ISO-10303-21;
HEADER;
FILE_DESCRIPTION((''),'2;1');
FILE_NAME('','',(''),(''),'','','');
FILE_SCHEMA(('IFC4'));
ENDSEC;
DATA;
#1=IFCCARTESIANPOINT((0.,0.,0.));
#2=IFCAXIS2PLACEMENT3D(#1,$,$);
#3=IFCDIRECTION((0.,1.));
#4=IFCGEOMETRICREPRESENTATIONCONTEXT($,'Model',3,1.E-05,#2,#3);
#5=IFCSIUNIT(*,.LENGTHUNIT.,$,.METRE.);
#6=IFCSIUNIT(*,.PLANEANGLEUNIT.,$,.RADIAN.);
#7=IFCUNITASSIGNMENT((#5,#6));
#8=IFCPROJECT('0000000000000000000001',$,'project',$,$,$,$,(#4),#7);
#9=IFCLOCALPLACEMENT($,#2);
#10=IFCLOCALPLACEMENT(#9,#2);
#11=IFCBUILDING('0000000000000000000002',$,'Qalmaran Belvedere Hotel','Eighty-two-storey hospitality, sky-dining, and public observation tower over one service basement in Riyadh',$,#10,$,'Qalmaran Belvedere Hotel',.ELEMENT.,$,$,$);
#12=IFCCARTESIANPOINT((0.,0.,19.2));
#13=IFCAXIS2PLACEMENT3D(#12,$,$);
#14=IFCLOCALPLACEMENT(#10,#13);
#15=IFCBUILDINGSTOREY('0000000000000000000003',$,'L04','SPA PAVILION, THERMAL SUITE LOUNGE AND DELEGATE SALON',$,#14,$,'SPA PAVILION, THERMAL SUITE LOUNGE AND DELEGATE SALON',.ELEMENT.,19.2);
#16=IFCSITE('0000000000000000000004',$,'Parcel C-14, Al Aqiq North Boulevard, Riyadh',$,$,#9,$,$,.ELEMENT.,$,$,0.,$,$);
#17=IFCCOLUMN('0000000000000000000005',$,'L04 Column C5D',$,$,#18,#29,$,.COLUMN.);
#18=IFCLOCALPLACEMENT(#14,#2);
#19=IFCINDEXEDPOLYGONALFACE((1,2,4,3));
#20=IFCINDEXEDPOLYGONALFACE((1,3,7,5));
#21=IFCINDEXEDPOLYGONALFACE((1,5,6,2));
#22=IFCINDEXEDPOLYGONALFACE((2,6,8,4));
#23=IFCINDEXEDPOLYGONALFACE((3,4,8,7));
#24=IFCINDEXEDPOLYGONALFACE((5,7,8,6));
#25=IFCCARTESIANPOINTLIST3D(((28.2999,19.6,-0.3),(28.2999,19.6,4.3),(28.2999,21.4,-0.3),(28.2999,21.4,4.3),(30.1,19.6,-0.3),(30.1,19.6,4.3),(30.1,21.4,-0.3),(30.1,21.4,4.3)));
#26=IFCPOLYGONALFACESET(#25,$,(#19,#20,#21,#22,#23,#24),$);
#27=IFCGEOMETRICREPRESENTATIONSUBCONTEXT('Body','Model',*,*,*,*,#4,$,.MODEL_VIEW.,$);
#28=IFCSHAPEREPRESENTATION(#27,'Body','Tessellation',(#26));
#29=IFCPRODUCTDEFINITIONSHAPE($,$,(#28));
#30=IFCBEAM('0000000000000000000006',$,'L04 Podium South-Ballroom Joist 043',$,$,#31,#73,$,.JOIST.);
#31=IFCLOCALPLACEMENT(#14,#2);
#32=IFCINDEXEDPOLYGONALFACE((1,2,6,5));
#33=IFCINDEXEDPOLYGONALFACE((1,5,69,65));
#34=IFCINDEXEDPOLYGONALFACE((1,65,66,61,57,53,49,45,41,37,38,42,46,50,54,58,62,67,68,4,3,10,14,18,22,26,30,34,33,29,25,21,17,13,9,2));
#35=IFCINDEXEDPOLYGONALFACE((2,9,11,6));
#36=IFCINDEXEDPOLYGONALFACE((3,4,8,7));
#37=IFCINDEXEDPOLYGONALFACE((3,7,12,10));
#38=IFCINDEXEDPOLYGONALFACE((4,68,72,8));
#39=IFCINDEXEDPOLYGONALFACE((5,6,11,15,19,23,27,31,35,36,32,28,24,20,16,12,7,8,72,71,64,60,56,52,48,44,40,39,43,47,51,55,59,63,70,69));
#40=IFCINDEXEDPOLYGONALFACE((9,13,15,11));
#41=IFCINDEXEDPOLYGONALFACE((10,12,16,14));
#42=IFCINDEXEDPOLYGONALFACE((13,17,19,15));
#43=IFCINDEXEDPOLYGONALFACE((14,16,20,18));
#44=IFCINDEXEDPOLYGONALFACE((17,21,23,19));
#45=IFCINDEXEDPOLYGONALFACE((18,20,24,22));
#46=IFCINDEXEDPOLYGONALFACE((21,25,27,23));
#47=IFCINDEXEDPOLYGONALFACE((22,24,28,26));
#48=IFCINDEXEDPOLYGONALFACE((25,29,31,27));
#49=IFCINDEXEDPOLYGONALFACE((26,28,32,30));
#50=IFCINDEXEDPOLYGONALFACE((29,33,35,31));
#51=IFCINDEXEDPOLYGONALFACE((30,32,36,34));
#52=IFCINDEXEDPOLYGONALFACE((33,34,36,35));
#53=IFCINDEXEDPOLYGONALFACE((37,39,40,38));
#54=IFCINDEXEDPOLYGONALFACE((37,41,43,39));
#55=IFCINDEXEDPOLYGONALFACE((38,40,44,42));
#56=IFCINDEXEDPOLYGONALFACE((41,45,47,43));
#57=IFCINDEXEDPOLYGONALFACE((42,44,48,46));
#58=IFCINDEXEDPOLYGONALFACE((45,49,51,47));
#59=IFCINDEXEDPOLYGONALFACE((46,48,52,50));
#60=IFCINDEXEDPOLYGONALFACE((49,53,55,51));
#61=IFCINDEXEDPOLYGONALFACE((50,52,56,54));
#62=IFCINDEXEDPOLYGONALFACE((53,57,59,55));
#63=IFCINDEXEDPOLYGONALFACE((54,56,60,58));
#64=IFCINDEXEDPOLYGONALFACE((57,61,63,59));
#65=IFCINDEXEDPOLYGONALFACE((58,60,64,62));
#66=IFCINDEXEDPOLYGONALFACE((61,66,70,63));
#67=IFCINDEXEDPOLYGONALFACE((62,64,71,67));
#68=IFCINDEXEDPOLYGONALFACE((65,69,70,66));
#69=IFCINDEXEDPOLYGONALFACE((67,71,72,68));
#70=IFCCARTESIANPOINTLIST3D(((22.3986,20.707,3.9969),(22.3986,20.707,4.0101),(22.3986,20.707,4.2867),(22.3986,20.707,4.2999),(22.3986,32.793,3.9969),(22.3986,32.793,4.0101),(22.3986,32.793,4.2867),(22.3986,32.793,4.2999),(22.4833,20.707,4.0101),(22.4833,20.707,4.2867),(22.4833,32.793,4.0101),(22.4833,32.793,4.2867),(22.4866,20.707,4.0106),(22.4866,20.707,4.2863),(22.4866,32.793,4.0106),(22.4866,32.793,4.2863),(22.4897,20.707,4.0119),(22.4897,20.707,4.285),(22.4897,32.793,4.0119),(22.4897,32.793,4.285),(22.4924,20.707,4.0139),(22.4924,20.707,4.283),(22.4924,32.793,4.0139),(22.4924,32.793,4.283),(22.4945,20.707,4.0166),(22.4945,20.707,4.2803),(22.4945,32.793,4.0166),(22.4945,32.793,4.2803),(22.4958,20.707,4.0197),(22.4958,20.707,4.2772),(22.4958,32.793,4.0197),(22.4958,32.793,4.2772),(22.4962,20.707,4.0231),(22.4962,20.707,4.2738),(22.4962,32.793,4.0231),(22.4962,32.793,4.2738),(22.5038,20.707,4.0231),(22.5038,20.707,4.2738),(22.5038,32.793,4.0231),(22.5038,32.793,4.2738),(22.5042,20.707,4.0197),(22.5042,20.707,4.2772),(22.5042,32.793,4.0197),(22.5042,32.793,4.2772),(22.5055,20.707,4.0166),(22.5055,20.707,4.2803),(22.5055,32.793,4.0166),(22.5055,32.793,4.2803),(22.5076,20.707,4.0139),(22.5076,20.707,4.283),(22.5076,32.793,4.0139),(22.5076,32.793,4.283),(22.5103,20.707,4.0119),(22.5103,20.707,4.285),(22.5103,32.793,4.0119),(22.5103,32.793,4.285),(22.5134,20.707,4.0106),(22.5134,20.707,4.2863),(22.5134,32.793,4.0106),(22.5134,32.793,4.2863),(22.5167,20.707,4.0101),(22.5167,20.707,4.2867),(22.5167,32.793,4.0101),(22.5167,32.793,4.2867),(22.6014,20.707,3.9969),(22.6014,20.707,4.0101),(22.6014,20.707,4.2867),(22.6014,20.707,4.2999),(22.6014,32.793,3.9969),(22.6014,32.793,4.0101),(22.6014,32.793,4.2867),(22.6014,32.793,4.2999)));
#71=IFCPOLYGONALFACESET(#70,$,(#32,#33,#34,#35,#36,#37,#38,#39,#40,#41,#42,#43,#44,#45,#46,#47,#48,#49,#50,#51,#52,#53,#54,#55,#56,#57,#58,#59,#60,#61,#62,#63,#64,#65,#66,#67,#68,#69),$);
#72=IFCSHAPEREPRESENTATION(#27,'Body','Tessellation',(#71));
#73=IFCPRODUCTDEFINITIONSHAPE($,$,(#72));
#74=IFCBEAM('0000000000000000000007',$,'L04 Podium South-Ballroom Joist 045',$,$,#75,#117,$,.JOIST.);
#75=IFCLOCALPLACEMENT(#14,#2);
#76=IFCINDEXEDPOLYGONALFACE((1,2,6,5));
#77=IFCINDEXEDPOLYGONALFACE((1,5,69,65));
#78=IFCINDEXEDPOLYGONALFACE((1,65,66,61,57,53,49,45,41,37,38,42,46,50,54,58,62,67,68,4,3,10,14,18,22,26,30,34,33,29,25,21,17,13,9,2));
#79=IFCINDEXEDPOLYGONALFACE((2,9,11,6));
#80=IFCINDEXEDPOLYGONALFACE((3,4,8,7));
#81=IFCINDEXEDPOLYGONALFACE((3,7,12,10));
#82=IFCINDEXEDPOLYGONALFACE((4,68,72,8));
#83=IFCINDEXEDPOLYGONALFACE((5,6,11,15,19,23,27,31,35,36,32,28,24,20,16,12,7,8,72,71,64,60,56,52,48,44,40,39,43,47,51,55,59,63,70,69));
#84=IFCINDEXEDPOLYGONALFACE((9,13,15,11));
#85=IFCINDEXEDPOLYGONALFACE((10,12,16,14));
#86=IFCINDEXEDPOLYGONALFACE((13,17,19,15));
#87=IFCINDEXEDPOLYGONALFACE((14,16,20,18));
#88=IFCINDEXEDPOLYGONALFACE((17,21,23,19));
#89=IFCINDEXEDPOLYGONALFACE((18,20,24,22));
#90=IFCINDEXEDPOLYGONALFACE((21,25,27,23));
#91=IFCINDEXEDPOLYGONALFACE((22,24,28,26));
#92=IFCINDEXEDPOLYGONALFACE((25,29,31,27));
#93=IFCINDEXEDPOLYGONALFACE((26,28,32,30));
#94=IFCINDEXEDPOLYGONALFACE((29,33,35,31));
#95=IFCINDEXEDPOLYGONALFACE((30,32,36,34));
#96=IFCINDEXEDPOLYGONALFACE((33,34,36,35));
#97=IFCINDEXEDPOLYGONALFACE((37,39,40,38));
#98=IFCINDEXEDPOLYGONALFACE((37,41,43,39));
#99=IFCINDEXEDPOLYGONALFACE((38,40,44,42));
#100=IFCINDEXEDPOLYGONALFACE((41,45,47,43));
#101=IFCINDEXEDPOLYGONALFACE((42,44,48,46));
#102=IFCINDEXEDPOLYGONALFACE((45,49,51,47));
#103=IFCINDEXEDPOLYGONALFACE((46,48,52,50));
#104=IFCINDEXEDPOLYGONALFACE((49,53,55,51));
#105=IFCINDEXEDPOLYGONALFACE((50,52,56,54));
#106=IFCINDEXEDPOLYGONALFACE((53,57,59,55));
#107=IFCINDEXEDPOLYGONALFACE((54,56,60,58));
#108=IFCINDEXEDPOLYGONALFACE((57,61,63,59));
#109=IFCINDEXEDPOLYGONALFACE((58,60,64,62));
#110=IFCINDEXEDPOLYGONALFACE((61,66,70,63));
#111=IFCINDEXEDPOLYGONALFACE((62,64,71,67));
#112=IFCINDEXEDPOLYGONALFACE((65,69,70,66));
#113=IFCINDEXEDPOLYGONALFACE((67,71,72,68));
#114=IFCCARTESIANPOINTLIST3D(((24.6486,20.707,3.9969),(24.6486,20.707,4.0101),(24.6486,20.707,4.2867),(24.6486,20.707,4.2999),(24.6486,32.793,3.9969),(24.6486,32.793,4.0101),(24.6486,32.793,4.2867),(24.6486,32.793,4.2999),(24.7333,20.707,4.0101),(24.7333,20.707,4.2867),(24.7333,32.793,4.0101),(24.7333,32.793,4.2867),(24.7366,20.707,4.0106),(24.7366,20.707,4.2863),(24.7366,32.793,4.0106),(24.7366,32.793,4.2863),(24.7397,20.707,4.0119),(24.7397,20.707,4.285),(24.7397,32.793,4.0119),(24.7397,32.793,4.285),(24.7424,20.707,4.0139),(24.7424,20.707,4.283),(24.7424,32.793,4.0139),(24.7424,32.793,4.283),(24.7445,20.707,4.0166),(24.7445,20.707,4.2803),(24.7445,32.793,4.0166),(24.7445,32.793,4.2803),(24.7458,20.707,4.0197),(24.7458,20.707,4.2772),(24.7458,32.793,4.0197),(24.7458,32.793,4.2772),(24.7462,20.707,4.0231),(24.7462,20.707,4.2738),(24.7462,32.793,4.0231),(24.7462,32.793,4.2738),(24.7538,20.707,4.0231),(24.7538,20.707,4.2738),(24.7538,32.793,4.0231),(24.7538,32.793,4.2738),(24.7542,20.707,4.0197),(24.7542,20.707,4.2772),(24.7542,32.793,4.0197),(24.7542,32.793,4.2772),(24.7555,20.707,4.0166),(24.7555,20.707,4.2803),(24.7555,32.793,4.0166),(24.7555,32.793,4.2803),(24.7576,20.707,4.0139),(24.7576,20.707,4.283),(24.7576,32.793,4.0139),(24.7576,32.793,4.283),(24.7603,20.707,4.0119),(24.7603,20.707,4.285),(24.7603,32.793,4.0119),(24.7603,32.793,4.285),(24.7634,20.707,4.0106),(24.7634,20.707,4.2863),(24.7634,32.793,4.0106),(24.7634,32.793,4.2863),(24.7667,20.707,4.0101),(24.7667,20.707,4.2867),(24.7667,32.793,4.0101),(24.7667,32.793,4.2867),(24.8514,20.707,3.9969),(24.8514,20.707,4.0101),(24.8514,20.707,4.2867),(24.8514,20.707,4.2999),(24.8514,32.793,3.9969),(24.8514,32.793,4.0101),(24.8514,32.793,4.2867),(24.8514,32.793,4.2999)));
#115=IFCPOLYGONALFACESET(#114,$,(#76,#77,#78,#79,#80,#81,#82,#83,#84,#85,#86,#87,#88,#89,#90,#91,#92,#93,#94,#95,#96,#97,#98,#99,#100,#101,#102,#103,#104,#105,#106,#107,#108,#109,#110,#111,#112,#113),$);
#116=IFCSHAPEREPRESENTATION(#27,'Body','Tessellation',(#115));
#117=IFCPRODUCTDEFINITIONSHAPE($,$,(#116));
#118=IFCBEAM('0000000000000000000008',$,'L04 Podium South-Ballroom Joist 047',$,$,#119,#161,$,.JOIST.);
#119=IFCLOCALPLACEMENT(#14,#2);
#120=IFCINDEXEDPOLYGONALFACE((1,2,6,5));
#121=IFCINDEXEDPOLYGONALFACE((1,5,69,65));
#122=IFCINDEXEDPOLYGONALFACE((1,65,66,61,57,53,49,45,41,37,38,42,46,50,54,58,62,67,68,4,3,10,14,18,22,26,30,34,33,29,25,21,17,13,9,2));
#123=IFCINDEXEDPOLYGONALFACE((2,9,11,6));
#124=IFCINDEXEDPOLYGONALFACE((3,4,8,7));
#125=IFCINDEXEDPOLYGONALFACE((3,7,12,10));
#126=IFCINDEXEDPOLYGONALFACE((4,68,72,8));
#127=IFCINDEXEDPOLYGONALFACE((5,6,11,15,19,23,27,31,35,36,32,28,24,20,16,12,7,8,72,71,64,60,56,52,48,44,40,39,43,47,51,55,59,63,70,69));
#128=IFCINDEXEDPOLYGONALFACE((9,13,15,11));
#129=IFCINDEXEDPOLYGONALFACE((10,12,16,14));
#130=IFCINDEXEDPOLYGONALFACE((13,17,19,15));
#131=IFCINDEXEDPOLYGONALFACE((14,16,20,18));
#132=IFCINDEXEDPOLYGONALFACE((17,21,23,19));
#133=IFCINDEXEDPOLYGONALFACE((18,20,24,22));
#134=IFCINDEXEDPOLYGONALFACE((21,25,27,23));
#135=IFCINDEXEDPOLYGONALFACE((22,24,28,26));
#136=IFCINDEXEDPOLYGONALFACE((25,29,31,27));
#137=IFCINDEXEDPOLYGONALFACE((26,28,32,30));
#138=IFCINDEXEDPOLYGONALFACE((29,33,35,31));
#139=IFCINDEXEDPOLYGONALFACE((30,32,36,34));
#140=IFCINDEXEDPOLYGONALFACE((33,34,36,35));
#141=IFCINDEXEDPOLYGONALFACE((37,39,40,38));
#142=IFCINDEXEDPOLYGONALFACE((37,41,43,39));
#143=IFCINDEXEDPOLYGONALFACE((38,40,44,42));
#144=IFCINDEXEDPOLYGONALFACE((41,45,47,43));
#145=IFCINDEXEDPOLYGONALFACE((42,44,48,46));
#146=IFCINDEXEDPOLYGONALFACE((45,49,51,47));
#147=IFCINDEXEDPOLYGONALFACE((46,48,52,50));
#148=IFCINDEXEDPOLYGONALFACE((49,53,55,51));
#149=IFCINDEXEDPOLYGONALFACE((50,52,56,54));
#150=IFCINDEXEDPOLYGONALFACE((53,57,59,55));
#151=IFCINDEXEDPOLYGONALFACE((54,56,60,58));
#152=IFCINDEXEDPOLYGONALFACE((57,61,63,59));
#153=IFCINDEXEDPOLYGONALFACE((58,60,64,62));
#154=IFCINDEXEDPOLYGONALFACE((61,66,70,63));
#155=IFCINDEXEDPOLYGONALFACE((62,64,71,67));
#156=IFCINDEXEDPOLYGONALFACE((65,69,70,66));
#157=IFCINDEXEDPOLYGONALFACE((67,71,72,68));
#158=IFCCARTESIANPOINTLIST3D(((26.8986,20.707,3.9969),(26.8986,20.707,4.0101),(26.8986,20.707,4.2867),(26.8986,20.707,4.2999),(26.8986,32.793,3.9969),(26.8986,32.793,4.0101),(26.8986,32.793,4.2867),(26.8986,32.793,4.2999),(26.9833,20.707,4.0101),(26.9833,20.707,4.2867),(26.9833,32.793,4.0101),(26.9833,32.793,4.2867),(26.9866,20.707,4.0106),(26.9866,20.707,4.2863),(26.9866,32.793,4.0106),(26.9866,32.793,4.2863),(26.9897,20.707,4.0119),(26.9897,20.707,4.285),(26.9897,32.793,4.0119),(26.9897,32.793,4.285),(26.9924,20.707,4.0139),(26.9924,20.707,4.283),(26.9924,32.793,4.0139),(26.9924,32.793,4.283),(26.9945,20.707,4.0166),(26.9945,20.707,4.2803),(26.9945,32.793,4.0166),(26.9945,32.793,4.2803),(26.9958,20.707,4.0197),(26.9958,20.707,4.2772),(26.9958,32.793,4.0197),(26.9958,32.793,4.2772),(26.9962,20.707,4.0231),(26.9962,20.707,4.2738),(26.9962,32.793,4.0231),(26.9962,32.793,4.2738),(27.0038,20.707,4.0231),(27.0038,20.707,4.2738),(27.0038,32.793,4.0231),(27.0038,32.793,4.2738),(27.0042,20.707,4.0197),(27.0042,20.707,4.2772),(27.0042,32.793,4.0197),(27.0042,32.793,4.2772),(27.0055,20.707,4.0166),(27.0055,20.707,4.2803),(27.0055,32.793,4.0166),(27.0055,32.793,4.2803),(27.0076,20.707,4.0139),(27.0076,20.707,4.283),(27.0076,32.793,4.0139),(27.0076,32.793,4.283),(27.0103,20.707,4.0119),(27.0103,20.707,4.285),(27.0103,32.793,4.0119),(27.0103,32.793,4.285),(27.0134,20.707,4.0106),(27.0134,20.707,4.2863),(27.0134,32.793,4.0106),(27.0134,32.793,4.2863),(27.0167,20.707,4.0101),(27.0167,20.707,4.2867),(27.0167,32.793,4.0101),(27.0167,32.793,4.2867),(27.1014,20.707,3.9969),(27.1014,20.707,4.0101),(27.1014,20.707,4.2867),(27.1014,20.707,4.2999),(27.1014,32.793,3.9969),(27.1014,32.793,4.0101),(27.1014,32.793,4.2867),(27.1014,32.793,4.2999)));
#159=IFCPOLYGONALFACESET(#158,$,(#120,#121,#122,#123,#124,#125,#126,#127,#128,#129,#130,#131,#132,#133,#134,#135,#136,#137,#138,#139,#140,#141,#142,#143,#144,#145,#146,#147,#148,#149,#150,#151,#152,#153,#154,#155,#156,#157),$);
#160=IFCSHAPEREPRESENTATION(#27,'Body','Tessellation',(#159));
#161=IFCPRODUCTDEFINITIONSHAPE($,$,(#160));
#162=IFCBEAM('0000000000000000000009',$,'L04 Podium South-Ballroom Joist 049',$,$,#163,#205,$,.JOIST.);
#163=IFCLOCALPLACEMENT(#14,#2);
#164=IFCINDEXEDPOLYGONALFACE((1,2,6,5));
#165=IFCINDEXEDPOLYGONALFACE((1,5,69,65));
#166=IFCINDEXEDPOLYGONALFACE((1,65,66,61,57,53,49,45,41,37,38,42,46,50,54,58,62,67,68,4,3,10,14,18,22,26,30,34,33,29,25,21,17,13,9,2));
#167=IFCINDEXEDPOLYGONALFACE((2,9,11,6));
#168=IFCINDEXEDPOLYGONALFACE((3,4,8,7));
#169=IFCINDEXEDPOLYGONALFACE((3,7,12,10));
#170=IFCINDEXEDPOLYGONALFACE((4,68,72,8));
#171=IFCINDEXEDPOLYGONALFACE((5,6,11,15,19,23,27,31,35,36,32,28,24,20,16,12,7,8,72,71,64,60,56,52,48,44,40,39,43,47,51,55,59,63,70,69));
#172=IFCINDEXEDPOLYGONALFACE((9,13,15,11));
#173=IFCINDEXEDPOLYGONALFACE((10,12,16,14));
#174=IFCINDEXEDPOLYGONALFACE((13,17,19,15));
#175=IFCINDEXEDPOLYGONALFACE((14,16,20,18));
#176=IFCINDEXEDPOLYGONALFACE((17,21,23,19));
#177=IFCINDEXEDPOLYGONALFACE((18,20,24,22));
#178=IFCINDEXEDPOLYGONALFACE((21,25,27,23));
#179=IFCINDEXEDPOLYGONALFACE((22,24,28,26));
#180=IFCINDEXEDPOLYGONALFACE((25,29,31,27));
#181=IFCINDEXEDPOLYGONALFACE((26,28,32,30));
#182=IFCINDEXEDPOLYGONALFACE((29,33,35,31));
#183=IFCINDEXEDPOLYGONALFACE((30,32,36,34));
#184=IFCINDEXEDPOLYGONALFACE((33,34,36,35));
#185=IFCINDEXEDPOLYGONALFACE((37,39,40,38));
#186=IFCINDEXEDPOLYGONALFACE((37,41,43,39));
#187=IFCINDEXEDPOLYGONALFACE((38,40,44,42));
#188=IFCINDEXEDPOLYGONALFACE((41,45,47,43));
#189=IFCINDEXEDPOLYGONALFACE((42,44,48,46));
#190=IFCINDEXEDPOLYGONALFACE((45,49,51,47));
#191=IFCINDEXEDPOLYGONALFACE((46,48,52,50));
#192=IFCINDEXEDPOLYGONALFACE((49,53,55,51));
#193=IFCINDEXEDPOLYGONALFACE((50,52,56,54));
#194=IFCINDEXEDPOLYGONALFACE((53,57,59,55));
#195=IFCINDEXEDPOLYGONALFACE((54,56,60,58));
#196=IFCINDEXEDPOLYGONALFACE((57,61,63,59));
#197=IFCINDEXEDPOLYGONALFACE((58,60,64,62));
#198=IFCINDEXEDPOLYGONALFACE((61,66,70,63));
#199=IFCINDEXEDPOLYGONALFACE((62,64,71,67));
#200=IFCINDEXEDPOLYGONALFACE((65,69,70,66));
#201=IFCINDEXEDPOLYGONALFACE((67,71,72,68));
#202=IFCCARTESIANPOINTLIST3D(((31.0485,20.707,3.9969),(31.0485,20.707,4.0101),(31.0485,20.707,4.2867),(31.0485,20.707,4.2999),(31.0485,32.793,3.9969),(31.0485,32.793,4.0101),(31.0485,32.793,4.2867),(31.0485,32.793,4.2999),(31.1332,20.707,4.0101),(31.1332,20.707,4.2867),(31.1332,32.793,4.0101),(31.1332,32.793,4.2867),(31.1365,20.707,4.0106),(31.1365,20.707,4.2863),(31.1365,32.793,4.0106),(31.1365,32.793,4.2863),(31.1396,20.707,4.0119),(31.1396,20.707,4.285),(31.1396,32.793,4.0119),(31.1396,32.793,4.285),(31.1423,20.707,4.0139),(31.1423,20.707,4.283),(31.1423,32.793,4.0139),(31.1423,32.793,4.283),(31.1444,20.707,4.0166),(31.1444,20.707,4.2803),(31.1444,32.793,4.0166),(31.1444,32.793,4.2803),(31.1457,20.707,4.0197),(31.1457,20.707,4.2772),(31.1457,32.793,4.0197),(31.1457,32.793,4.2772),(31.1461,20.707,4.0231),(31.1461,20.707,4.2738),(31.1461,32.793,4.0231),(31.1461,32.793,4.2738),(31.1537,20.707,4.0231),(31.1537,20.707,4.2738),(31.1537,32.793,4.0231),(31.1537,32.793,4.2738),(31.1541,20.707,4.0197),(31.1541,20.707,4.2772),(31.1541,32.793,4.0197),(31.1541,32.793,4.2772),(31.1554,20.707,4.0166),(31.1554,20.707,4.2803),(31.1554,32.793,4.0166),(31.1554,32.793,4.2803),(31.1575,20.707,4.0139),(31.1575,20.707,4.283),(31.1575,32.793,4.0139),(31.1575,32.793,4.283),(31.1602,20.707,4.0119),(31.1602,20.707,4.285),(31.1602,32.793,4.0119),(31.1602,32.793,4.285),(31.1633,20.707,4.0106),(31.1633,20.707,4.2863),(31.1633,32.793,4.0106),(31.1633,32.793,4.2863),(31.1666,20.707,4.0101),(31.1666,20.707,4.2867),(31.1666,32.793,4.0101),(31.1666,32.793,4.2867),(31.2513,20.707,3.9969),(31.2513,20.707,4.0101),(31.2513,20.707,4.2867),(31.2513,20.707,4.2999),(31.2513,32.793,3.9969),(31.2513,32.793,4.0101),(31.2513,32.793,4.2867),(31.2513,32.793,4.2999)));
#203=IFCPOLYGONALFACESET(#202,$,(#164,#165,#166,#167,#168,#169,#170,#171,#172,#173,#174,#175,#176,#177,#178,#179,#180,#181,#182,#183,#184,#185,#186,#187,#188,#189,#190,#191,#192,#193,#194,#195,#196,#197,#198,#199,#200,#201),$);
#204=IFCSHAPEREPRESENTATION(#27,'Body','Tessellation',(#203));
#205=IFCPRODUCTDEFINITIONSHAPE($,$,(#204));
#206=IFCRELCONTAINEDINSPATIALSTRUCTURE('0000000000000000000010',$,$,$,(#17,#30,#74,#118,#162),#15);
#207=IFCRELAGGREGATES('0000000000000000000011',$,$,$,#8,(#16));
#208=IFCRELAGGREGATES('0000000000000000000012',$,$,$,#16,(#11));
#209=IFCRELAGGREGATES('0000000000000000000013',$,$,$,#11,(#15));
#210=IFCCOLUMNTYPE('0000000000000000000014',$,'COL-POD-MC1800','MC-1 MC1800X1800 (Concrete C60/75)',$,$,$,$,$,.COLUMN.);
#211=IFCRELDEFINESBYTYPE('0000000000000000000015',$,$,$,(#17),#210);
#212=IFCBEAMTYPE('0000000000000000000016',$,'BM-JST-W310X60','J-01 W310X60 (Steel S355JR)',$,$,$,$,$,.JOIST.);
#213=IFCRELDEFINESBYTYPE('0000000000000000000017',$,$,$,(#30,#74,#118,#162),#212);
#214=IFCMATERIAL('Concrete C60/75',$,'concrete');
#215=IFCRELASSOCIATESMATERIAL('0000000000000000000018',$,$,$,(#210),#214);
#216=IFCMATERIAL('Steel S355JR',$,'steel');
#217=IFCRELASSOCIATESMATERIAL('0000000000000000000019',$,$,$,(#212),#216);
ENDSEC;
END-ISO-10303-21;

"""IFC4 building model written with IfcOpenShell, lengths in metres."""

from ifc_helpers import new_model, si_unit, direction, frame, origin, origin_2d, place, context, subcontext, project, spatial, rectangle, i_section, extrude, material, material_profile, profile_set, type_object, element, save


model = new_model("IFC4")

# Units and contexts
model_context = context("Model", 3, precision=1e-05, world=origin(), true_north=direction((0.0, 1.0)))
body_context = subcontext(model_context, "Body", "Model", "MODEL_VIEW")
ifc_project = project(units=[si_unit("LENGTHUNIT", "METRE"), si_unit("PLANEANGLEUNIT", "RADIAN")], contexts=[model_context])

# Site, building, storey
site_placement = place(None, origin())
site = spatial("IfcSite", under=ifc_project, at=site_placement, Name="Parcel C-14, Al Aqiq North Boulevard, Riyadh", CompositionType="ELEMENT", RefElevation=0.0)
building_placement = place(site_placement, origin())
building = spatial("IfcBuilding", under=site, at=building_placement, Name="Qalmaran Belvedere Hotel", Description="Eighty-two-storey hospitality, sky-dining, and public observation tower over one service basement in Riyadh", LongName="Qalmaran Belvedere Hotel", CompositionType="ELEMENT")
storey_placement = place(building_placement, frame((0.0, 0.0, 19.2)))
storey = spatial("IfcBuildingStorey", under=building, at=storey_placement, Name="L04", Description="SPA PAVILION, THERMAL SUITE LOUNGE AND DELEGATE SALON", LongName="SPA PAVILION, THERMAL SUITE LOUNGE AND DELEGATE SALON", CompositionType="ELEMENT", Elevation=19.2)

# Column
ifc_material_1 = material(Name="Concrete C60/75", Category="concrete")
ifc_material_profile_1 = material_profile(ifc_material_1, rectangle(XDim=1.8, YDim=1.8, at=origin_2d()), Name="MC1800X1800")
ifc_profile_set_1 = profile_set([ifc_material_profile_1], Name="Concrete C60/75")
column_type = type_object("IfcColumnType", Name="COL-POD-MC1800", Description="MC-1 MC1800X1800 (Concrete C60/75)", PredefinedType="COLUMN", material=ifc_profile_set_1)
column_placement = place(storey_placement, frame((29.2, 20.5, -0.3), z_axis=(0.0, 0.0, 1.0), x_axis=(1.0, 0.0, 0.0)))
element("IfcColumn", 1, at=column_placement, inside=storey, type_object=column_type, Name="L04 Column C5D", PredefinedType="COLUMN", context=body_context, shape_type="SweptSolid", body=[
    extrude(rectangle(XDim=1.8, YDim=1.8, at=origin_2d()), origin(), (0.0, 0.0, 1.0), 4.6001),
])

# Beams
ifc_material_2 = material(Name="Steel S355JR", Category="steel")
ifc_material_profile_2 = material_profile(ifc_material_2, i_section(OverallWidth=0.2029, OverallDepth=0.303, WebThickness=0.0076, FlangeThickness=0.0132, FilletRadius=0.0129, at=origin_2d()), Name="W310X60")
ifc_profile_set_2 = profile_set([ifc_material_profile_2], Name="Steel S355JR")
beam_type_1 = type_object("IfcBeamType", Name="BM-JST-W310X60", Description="J-01 W310X60 (Steel S355JR)", PredefinedType="JOIST", material=ifc_profile_set_2)
for number, where, z_axis, x_axis, name in (
    (2, (22.5, 20.707, 4.1484), (0.0, 1.0, 0.0), (-1.0, 0.0, 0.0), "L04 Podium South-Ballroom Joist 043"),
    (3, (24.75, 20.707, 4.1484), (0.0, 1.0, 0.0), (-1.0, 0.0, 0.0), "L04 Podium South-Ballroom Joist 045"),
    (4, (27.0, 20.707, 4.1484), (0.0, 1.0, 0.0), (-1.0, 0.0, 0.0), "L04 Podium South-Ballroom Joist 047"),
    (5, (31.1499, 20.707, 4.1484), (0.0, 1.0, 0.0), (-1.0, 0.0, 0.0), "L04 Podium South-Ballroom Joist 049"),
):
    element("IfcBeam", number, at=place(storey_placement, frame(where, z_axis=z_axis, x_axis=x_axis)), inside=storey, type_object=beam_type_1, Name=name, PredefinedType="JOIST", context=body_context, shape_type="SweptSolid", body=[
        extrude(i_section(OverallWidth=0.2029, OverallDepth=0.303, WebThickness=0.0076, FlangeThickness=0.0132, FilletRadius=0.0129, at=origin_2d()), origin(), (0.0, 0.0, 1.0), 12.0859),
    ])

save(model, "model.ifc")
